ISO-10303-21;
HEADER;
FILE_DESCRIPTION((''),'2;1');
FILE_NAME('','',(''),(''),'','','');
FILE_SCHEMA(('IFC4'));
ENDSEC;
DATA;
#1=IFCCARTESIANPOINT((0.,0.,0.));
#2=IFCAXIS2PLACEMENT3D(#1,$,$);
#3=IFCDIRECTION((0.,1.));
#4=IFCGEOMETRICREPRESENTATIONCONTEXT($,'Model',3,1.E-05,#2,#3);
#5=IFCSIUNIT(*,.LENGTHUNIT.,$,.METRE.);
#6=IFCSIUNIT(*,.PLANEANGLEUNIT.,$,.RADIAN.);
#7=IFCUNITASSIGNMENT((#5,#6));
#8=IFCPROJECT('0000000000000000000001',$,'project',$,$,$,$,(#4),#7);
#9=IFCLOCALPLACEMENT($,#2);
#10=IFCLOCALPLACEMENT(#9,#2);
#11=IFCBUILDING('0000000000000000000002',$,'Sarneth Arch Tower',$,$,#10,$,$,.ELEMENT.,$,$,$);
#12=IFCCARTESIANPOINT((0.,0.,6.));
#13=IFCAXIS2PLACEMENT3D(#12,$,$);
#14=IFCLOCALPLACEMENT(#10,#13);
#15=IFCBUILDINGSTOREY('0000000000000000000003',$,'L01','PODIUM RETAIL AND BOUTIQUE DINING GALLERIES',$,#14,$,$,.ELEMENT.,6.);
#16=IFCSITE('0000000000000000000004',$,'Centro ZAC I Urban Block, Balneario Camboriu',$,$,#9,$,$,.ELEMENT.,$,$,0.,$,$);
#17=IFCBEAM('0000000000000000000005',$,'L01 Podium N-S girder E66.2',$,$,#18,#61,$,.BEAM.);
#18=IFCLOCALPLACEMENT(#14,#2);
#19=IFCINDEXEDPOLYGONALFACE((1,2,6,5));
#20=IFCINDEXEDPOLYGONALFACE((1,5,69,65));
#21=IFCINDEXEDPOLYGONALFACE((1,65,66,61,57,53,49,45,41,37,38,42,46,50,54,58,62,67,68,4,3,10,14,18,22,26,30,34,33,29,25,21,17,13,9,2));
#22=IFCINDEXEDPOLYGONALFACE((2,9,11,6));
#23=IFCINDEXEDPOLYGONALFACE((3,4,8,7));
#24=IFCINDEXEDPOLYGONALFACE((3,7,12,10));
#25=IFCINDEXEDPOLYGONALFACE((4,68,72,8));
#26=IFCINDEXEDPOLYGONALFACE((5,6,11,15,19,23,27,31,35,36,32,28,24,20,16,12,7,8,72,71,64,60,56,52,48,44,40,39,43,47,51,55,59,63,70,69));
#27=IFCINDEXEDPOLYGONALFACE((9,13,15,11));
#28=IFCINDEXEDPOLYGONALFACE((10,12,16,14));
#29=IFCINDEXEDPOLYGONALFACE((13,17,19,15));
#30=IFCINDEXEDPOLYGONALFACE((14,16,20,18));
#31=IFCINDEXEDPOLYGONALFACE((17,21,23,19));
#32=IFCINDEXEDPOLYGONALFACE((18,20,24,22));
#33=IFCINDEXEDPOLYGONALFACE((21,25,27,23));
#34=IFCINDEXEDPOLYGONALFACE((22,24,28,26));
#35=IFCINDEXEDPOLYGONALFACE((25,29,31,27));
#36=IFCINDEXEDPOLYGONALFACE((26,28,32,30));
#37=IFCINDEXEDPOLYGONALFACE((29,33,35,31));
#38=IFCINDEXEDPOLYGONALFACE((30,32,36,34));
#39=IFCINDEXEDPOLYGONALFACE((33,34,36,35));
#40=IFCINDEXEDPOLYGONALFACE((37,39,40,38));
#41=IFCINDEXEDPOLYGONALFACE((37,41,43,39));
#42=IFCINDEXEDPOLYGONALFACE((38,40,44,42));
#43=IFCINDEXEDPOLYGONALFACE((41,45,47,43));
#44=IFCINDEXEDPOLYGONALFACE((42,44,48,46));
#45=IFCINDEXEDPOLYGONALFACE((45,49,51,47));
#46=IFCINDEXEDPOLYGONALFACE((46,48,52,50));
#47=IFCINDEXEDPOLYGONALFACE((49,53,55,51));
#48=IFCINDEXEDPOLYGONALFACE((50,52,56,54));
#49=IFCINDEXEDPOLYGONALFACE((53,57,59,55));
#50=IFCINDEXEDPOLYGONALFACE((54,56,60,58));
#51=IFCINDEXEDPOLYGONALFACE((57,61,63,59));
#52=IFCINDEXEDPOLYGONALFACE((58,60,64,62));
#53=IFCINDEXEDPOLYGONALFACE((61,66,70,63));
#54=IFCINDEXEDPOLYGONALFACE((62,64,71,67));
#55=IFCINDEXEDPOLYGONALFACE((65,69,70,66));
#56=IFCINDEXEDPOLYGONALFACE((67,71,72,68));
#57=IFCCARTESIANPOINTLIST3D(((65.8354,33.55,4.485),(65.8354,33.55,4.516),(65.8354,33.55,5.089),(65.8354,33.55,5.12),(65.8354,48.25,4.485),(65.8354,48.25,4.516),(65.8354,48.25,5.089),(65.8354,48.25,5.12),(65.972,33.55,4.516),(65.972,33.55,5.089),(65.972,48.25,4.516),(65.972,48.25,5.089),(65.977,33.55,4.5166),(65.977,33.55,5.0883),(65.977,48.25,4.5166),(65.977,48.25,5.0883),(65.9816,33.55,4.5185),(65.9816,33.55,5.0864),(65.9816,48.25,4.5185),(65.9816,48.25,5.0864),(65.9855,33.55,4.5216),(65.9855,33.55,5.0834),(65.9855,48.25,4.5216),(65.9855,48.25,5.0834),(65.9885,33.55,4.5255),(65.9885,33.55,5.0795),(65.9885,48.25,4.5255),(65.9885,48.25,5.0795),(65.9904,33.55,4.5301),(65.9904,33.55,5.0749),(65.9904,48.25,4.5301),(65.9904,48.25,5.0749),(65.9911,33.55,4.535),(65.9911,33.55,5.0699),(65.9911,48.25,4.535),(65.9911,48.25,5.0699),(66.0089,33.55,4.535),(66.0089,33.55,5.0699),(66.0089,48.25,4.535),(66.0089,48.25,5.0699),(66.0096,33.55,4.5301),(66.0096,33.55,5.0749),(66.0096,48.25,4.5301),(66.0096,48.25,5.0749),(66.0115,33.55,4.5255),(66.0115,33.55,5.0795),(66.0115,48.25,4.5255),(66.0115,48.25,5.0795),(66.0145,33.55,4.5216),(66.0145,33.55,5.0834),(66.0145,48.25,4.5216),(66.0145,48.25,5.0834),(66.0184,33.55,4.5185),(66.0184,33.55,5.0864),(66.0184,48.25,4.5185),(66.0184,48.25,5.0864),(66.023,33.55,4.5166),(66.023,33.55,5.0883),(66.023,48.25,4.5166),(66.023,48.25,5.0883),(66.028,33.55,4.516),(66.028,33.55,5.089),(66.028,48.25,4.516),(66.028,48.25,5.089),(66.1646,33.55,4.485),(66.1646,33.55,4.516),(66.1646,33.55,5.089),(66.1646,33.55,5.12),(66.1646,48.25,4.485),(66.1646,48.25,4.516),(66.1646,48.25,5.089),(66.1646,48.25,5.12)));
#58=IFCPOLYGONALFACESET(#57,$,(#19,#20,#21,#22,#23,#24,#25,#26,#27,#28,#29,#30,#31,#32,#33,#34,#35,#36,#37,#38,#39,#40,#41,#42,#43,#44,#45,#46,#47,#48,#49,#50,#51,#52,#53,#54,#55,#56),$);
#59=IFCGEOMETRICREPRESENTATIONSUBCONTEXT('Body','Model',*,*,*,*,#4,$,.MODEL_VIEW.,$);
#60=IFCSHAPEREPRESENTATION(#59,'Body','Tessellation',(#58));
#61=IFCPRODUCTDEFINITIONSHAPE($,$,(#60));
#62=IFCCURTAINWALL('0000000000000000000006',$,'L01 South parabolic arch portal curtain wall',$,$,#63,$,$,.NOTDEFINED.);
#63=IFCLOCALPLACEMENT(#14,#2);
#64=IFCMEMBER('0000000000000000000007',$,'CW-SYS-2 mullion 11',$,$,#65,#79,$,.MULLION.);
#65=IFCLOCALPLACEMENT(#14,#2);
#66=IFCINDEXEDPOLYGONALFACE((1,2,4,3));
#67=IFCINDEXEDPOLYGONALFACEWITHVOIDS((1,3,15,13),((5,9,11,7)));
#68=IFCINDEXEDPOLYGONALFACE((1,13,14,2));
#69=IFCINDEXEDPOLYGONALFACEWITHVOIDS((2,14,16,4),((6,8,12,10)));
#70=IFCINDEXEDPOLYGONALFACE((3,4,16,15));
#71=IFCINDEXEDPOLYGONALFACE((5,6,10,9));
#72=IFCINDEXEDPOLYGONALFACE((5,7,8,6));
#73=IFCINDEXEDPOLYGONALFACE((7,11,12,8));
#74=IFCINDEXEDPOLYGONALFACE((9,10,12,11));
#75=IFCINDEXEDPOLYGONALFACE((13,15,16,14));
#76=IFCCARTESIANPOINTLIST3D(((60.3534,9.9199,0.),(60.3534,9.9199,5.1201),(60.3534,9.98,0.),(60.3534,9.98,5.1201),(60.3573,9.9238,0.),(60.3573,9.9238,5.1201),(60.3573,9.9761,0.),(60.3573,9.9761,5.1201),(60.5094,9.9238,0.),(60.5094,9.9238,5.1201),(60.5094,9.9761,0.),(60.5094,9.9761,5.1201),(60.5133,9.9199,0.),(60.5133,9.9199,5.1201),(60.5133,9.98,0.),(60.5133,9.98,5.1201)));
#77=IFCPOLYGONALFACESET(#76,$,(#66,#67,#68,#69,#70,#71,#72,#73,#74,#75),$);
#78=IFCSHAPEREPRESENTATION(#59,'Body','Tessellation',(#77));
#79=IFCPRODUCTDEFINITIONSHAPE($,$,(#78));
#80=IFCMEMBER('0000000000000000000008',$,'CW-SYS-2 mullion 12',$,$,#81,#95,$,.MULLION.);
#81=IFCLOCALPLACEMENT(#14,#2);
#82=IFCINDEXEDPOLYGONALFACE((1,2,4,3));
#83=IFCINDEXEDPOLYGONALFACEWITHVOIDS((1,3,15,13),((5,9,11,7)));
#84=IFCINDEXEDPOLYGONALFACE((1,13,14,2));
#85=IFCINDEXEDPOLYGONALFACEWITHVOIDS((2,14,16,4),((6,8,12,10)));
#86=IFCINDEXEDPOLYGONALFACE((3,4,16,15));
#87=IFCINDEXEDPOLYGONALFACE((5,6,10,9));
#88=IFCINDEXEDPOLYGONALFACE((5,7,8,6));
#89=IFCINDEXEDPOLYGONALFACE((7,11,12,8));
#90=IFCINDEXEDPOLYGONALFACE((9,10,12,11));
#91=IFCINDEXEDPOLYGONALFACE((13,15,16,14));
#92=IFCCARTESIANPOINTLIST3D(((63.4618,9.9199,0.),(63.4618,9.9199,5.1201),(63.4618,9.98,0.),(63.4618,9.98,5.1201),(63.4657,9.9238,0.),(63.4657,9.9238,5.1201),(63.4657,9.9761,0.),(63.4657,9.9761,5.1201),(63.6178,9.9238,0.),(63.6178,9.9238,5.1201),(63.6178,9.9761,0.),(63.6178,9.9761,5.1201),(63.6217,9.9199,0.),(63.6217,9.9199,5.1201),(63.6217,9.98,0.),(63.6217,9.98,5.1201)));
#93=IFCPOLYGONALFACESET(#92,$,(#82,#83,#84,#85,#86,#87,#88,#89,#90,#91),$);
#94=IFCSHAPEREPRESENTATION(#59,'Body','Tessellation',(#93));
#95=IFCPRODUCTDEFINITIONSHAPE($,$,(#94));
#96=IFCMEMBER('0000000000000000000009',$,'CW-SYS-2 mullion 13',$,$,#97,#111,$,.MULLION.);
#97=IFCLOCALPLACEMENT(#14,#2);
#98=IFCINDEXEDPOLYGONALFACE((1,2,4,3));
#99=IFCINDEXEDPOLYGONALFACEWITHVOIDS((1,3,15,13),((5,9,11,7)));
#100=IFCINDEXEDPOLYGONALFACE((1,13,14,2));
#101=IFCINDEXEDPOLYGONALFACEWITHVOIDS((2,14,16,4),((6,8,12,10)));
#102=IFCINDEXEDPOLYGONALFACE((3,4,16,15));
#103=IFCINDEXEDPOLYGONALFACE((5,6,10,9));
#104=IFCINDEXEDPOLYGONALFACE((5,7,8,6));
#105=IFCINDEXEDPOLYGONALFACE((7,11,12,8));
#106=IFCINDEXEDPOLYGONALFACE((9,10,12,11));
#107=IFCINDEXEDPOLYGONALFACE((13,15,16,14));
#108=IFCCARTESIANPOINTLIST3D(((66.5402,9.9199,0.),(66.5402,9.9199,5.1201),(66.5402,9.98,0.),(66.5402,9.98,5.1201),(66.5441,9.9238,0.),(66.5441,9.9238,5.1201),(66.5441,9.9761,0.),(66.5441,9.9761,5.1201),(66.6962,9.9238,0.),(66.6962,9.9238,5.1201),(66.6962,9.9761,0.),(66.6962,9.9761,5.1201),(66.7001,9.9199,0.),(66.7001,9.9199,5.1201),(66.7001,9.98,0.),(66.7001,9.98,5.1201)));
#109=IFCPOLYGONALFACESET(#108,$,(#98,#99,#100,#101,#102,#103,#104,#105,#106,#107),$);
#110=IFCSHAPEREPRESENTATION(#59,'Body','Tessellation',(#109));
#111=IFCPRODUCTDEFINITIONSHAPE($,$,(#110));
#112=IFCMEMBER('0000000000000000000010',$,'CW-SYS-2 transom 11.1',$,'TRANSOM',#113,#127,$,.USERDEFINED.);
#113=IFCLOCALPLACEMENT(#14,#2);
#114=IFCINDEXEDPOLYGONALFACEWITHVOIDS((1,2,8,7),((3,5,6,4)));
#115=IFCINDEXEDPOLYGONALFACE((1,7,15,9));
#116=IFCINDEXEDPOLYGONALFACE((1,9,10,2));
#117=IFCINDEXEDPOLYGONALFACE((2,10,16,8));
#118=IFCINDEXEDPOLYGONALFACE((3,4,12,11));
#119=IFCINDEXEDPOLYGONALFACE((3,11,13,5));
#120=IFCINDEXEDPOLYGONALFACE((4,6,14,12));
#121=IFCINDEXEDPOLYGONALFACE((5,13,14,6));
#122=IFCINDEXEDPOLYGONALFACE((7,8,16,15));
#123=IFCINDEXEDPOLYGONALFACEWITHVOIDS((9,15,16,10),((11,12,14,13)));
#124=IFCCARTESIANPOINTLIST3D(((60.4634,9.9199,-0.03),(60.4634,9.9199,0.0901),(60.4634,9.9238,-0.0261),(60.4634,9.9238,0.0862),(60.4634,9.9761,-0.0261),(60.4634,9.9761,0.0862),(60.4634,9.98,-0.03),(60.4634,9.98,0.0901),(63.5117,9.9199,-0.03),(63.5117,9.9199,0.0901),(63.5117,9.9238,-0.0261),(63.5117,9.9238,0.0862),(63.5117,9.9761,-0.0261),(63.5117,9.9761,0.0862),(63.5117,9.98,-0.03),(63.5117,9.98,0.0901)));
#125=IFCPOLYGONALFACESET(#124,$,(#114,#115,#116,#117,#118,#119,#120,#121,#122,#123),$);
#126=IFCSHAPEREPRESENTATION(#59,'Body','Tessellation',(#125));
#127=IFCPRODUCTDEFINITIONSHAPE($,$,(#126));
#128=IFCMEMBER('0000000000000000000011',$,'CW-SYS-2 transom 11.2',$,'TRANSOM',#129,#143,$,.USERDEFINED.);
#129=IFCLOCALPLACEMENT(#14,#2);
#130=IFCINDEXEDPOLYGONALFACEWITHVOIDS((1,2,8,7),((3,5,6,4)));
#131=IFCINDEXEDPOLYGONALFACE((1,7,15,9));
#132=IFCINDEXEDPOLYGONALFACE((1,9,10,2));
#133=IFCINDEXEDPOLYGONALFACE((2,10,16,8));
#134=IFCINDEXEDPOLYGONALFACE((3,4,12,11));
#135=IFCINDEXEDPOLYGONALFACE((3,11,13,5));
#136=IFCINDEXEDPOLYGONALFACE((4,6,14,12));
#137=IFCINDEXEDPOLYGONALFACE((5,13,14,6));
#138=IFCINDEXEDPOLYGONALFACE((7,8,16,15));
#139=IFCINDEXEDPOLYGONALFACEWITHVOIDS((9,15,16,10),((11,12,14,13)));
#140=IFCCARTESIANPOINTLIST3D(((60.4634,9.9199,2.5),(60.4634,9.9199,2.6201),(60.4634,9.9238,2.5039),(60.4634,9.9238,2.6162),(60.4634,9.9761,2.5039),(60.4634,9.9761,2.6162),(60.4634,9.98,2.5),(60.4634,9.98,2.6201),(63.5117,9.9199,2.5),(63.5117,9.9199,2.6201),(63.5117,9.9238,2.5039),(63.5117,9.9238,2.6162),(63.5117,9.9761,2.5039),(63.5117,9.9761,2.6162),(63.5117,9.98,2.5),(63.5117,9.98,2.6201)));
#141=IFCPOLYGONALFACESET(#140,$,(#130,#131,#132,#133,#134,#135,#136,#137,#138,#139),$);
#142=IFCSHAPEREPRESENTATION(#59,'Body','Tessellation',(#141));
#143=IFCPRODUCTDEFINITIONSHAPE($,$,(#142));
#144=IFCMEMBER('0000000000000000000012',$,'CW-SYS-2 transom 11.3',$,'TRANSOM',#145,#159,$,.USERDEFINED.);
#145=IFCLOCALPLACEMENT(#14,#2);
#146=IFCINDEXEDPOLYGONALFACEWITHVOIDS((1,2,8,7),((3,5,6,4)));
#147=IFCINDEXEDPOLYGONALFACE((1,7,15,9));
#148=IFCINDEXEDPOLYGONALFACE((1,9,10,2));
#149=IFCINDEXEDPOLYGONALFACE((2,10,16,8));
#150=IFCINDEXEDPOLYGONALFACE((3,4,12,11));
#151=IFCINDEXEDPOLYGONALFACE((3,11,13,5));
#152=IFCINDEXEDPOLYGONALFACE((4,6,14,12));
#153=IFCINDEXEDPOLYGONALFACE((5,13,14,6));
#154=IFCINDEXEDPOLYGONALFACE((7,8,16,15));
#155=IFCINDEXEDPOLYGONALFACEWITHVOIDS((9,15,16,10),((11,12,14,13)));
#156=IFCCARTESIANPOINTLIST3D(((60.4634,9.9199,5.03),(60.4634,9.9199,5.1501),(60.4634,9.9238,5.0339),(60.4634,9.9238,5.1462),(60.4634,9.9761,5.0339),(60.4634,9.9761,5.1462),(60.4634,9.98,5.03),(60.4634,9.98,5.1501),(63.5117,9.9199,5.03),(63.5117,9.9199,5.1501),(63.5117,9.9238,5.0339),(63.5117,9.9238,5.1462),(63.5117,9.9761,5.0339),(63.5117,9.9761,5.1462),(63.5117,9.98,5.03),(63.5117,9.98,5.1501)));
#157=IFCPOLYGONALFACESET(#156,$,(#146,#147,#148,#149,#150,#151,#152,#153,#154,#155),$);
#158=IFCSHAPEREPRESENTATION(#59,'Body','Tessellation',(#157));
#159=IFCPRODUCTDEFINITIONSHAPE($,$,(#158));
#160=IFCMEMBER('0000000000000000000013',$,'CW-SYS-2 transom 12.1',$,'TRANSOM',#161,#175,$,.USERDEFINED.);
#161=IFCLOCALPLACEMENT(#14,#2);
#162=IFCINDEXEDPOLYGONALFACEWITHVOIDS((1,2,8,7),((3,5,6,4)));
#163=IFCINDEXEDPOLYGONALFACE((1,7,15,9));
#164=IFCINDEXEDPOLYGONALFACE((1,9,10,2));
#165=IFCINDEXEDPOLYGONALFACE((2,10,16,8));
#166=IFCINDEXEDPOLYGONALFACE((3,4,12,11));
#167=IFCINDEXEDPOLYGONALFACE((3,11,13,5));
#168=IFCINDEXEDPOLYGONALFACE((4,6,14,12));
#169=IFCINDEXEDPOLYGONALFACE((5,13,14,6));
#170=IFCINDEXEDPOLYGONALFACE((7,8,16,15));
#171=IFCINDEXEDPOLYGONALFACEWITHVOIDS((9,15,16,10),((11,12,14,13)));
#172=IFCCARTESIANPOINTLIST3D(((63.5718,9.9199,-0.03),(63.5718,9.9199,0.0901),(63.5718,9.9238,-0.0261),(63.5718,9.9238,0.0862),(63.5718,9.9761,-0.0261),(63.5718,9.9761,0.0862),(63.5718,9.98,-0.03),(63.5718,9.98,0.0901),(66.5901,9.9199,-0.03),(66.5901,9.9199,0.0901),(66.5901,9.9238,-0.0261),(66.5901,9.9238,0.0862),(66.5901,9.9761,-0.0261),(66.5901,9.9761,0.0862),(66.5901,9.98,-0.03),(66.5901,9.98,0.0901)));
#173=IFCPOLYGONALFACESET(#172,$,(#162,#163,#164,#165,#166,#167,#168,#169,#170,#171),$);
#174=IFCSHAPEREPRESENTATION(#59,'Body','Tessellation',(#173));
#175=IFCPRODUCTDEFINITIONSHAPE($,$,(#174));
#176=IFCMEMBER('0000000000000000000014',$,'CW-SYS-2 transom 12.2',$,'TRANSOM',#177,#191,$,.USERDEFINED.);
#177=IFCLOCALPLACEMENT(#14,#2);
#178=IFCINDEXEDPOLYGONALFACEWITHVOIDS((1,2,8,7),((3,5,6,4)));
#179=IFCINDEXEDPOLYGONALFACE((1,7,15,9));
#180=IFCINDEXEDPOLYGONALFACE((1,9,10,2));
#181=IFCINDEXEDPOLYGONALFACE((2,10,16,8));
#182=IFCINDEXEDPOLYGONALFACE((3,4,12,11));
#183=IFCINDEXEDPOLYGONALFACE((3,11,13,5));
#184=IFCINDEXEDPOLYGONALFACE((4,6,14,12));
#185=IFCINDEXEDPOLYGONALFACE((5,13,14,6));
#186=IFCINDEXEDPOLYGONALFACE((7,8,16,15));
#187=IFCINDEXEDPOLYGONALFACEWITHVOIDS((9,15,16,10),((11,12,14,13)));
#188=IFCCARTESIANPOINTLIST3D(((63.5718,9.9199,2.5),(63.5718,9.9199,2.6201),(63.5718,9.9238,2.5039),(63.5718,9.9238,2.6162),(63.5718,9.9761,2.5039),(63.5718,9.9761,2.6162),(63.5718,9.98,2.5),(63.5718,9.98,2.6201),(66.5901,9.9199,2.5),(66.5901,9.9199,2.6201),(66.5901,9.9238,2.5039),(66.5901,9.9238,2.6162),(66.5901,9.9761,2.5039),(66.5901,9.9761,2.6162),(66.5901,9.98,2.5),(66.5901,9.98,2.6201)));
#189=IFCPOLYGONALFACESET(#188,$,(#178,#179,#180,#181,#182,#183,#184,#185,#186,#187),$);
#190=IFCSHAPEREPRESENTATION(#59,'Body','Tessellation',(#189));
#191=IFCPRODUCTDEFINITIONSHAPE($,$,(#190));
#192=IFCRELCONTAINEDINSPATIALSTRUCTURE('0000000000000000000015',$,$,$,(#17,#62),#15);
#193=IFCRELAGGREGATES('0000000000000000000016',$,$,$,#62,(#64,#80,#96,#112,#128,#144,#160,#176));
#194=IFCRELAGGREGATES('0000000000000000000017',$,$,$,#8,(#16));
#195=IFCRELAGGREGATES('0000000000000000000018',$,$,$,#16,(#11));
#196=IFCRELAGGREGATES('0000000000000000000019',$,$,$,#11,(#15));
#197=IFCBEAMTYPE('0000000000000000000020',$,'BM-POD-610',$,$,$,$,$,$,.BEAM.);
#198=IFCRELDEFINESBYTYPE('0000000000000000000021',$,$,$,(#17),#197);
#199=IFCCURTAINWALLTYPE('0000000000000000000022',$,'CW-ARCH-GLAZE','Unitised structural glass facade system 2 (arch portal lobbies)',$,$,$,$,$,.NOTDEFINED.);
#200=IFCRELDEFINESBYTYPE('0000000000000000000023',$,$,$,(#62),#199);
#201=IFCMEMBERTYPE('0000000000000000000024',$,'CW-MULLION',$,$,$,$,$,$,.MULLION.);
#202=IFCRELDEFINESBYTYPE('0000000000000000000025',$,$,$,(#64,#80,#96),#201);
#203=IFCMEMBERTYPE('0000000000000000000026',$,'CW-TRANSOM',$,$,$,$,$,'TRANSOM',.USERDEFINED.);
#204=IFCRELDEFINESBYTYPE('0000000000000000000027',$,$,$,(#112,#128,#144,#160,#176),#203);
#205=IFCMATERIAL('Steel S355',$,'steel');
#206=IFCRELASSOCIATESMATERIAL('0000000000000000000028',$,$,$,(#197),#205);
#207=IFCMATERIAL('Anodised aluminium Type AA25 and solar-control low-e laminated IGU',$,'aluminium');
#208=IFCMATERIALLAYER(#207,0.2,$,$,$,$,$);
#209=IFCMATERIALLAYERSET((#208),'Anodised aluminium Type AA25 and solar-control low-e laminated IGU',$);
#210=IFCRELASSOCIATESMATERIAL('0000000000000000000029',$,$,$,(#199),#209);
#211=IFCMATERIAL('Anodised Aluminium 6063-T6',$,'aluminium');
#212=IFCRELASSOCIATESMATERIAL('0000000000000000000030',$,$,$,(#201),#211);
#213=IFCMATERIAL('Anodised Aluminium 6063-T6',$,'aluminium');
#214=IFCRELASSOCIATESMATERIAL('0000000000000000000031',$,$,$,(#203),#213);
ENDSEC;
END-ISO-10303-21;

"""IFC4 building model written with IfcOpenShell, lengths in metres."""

from ifc_helpers import new_model, si_unit, direction, frame, origin, origin_2d, place, context, subcontext, project, spatial, hollow_rectangle, i_section, extrude, material, layer, layer_set, material_profile, profile_set, type_object, element, aggregate, save


model = new_model("IFC4")

# Units and contexts
model_context = context("Model", 3, precision=1e-05, world=origin(), true_north=direction((0.0, 1.0)))
body_context = subcontext(model_context, "Body", "Model", "MODEL_VIEW")
ifc_project = project(units=[si_unit("LENGTHUNIT", "METRE"), si_unit("PLANEANGLEUNIT", "RADIAN")], contexts=[model_context])

# Site, building, storey
site_placement = place(None, origin())
site = spatial("IfcSite", under=ifc_project, at=site_placement, Name="Centro ZAC I Urban Block, Balneario Camboriu", CompositionType="ELEMENT", RefElevation=0.0)
building_placement = place(site_placement, origin())
building = spatial("IfcBuilding", under=site, at=building_placement, Name="Sarneth Arch Tower", CompositionType="ELEMENT")
storey_placement = place(building_placement, frame((0.0, 0.0, 6.0)))
storey = spatial("IfcBuildingStorey", under=building, at=storey_placement, Name="L01", Description="PODIUM RETAIL AND BOUTIQUE DINING GALLERIES", CompositionType="ELEMENT", Elevation=6.0)

# Beam
ifc_material_1 = material(Name="Steel S355", Category="steel")
ifc_material_profile_1 = material_profile(ifc_material_1, i_section(OverallWidth=0.3291, OverallDepth=0.635, WebThickness=0.0178, FlangeThickness=0.031, FilletRadius=0.019, at=origin_2d()), Name="W610x241")
ifc_profile_set_1 = profile_set([ifc_material_profile_1], Name="Steel S355")
beam_type = type_object("IfcBeamType", Name="BM-POD-610", PredefinedType="BEAM", material=ifc_profile_set_1)
beam_1_placement = place(storey_placement, frame((66.0, 33.55, 4.8025), z_axis=(0.0, 1.0, 0.0), x_axis=(-1.0, 0.0, 0.0)))
element("IfcBeam", 1, at=beam_1_placement, inside=storey, type_object=beam_type, Name="L01 Podium N-S girder E66.2", PredefinedType="BEAM", context=body_context, shape_type="SweptSolid", body=[
    extrude(i_section(OverallWidth=0.3291, OverallDepth=0.635, WebThickness=0.0178, FlangeThickness=0.031, FilletRadius=0.019, at=origin_2d()), origin(), (0.0, 0.0, 1.0), 14.7),
])

# Curtain wall, members
ifc_material_2 = material(Name="Anodised aluminium Type AA25 and solar-control low-e laminated IGU", Category="aluminium")
ifc_layer_1 = layer(ifc_material_2, 0.2)
ifc_layer_set_1 = layer_set([ifc_layer_1], Name="Anodised aluminium Type AA25 and solar-control low-e laminated IGU")
curtain_wall_type = type_object("IfcCurtainWallType", Name="CW-ARCH-GLAZE", Description="Unitised structural glass facade system 2 (arch portal lobbies)", PredefinedType="NOTDEFINED", material=ifc_layer_set_1)
curtain_wall_placement = place(storey_placement, origin())
curtain_wall = element("IfcCurtainWall", 2, at=curtain_wall_placement, inside=storey, type_object=curtain_wall_type, Name="L01 South parabolic arch portal curtain wall", PredefinedType="NOTDEFINED")
ifc_material_3 = material(Name="Anodised Aluminium 6063-T6", Category="aluminium")
ifc_material_profile_2 = material_profile(ifc_material_3, hollow_rectangle(XDim=0.0601, YDim=0.1599, WallThickness=0.0039, at=origin_2d()), Name="AL-MULL-160x60x4")
ifc_profile_set_2 = profile_set([ifc_material_profile_2], Name="Anodised Aluminium 6063-T6")
member_type_1 = type_object("IfcMemberType", Name="CW-MULLION", PredefinedType="MULLION", material=ifc_profile_set_2)
member_1_placement = place(storey_placement, frame((60.4333, 9.95, 0.0), z_axis=(0.0, 0.0, 1.0), x_axis=(0.0, 1.0, 0.0)))
member_1 = element("IfcMember", 3, at=member_1_placement, type_object=member_type_1, Name="CW-SYS-2 mullion 11", PredefinedType="MULLION", context=body_context, shape_type="SweptSolid", body=[
    extrude(hollow_rectangle(XDim=0.0601, YDim=0.1599, WallThickness=0.0039, at=origin_2d()), origin(), (0.0, 0.0, 1.0), 5.1201),
])
member_2_placement = place(storey_placement, frame((63.5417, 9.95, 0.0), z_axis=(0.0, 0.0, 1.0), x_axis=(0.0, 1.0, 0.0)))
member_2 = element("IfcMember", 4, at=member_2_placement, type_object=member_type_1, Name="CW-SYS-2 mullion 12", PredefinedType="MULLION", context=body_context, shape_type="SweptSolid", body=[
    extrude(hollow_rectangle(XDim=0.0601, YDim=0.1599, WallThickness=0.0039, at=origin_2d()), origin(), (0.0, 0.0, 1.0), 5.1201),
])
member_3_placement = place(storey_placement, frame((66.6201, 9.95, 0.0), z_axis=(0.0, 0.0, 1.0), x_axis=(0.0, 1.0, 0.0)))
member_3 = element("IfcMember", 5, at=member_3_placement, type_object=member_type_1, Name="CW-SYS-2 mullion 13", PredefinedType="MULLION", context=body_context, shape_type="SweptSolid", body=[
    extrude(hollow_rectangle(XDim=0.0601, YDim=0.1599, WallThickness=0.0039, at=origin_2d()), origin(), (0.0, 0.0, 1.0), 5.1201),
])
ifc_material_4 = material(Name="Anodised Aluminium 6063-T6", Category="aluminium")
ifc_material_profile_3 = material_profile(ifc_material_4, hollow_rectangle(XDim=0.0601, YDim=0.1201, WallThickness=0.0039, at=origin_2d()), Name="AL-TRAN-120x60x4")
ifc_profile_set_3 = profile_set([ifc_material_profile_3], Name="Anodised Aluminium 6063-T6")
member_type_2 = type_object("IfcMemberType", Name="CW-TRANSOM", ElementType="TRANSOM", PredefinedType="USERDEFINED", material=ifc_profile_set_3)
member_4_placement = place(storey_placement, frame((60.4634, 9.95, 0.03), z_axis=(1.0, 0.0, 0.0), x_axis=(0.0, 1.0, 0.0)))
member_4 = element("IfcMember", 6, at=member_4_placement, type_object=member_type_2, Name="CW-SYS-2 transom 11.1", ObjectType="TRANSOM", PredefinedType="USERDEFINED", context=body_context, shape_type="SweptSolid", body=[
    extrude(hollow_rectangle(XDim=0.0601, YDim=0.1201, WallThickness=0.0039, at=origin_2d()), origin(), (0.0, 0.0, 1.0), 3.0483),
])
member_5_placement = place(storey_placement, frame((60.4634, 9.95, 2.5601), z_axis=(1.0, 0.0, 0.0), x_axis=(0.0, 1.0, 0.0)))
member_5 = element("IfcMember", 7, at=member_5_placement, type_object=member_type_2, Name="CW-SYS-2 transom 11.2", ObjectType="TRANSOM", PredefinedType="USERDEFINED", context=body_context, shape_type="SweptSolid", body=[
    extrude(hollow_rectangle(XDim=0.0601, YDim=0.1201, WallThickness=0.0039, at=origin_2d()), origin(), (0.0, 0.0, 1.0), 3.0483),
])
member_6_placement = place(storey_placement, frame((60.4634, 9.95, 5.0901), z_axis=(1.0, 0.0, 0.0), x_axis=(0.0, 1.0, 0.0)))
member_6 = element("IfcMember", 8, at=member_6_placement, type_object=member_type_2, Name="CW-SYS-2 transom 11.3", ObjectType="TRANSOM", PredefinedType="USERDEFINED", context=body_context, shape_type="SweptSolid", body=[
    extrude(hollow_rectangle(XDim=0.0601, YDim=0.1201, WallThickness=0.0039, at=origin_2d()), origin(), (0.0, 0.0, 1.0), 3.0483),
])
member_7_placement = place(storey_placement, frame((63.5718, 9.95, 0.03), z_axis=(1.0, 0.0, 0.0), x_axis=(0.0, 1.0, 0.0)))
member_7 = element("IfcMember", 9, at=member_7_placement, type_object=member_type_2, Name="CW-SYS-2 transom 12.1", ObjectType="TRANSOM", PredefinedType="USERDEFINED", context=body_context, shape_type="SweptSolid", body=[
    extrude(hollow_rectangle(XDim=0.0601, YDim=0.1201, WallThickness=0.0039, at=origin_2d()), origin(), (0.0, 0.0, 1.0), 3.0183),
])
member_8_placement = place(storey_placement, frame((63.5718, 9.95, 2.5601), z_axis=(1.0, 0.0, 0.0), x_axis=(0.0, 1.0, 0.0)))
member_8 = element("IfcMember", 10, at=member_8_placement, type_object=member_type_2, Name="CW-SYS-2 transom 12.2", ObjectType="TRANSOM", PredefinedType="USERDEFINED", context=body_context, shape_type="SweptSolid", body=[
    extrude(hollow_rectangle(XDim=0.0601, YDim=0.1201, WallThickness=0.0039, at=origin_2d()), origin(), (0.0, 0.0, 1.0), 3.0183),
])

aggregate(curtain_wall, [member_1, member_2, member_3, member_4, member_5, member_6, member_7, member_8])

save(model, "model.ifc")
